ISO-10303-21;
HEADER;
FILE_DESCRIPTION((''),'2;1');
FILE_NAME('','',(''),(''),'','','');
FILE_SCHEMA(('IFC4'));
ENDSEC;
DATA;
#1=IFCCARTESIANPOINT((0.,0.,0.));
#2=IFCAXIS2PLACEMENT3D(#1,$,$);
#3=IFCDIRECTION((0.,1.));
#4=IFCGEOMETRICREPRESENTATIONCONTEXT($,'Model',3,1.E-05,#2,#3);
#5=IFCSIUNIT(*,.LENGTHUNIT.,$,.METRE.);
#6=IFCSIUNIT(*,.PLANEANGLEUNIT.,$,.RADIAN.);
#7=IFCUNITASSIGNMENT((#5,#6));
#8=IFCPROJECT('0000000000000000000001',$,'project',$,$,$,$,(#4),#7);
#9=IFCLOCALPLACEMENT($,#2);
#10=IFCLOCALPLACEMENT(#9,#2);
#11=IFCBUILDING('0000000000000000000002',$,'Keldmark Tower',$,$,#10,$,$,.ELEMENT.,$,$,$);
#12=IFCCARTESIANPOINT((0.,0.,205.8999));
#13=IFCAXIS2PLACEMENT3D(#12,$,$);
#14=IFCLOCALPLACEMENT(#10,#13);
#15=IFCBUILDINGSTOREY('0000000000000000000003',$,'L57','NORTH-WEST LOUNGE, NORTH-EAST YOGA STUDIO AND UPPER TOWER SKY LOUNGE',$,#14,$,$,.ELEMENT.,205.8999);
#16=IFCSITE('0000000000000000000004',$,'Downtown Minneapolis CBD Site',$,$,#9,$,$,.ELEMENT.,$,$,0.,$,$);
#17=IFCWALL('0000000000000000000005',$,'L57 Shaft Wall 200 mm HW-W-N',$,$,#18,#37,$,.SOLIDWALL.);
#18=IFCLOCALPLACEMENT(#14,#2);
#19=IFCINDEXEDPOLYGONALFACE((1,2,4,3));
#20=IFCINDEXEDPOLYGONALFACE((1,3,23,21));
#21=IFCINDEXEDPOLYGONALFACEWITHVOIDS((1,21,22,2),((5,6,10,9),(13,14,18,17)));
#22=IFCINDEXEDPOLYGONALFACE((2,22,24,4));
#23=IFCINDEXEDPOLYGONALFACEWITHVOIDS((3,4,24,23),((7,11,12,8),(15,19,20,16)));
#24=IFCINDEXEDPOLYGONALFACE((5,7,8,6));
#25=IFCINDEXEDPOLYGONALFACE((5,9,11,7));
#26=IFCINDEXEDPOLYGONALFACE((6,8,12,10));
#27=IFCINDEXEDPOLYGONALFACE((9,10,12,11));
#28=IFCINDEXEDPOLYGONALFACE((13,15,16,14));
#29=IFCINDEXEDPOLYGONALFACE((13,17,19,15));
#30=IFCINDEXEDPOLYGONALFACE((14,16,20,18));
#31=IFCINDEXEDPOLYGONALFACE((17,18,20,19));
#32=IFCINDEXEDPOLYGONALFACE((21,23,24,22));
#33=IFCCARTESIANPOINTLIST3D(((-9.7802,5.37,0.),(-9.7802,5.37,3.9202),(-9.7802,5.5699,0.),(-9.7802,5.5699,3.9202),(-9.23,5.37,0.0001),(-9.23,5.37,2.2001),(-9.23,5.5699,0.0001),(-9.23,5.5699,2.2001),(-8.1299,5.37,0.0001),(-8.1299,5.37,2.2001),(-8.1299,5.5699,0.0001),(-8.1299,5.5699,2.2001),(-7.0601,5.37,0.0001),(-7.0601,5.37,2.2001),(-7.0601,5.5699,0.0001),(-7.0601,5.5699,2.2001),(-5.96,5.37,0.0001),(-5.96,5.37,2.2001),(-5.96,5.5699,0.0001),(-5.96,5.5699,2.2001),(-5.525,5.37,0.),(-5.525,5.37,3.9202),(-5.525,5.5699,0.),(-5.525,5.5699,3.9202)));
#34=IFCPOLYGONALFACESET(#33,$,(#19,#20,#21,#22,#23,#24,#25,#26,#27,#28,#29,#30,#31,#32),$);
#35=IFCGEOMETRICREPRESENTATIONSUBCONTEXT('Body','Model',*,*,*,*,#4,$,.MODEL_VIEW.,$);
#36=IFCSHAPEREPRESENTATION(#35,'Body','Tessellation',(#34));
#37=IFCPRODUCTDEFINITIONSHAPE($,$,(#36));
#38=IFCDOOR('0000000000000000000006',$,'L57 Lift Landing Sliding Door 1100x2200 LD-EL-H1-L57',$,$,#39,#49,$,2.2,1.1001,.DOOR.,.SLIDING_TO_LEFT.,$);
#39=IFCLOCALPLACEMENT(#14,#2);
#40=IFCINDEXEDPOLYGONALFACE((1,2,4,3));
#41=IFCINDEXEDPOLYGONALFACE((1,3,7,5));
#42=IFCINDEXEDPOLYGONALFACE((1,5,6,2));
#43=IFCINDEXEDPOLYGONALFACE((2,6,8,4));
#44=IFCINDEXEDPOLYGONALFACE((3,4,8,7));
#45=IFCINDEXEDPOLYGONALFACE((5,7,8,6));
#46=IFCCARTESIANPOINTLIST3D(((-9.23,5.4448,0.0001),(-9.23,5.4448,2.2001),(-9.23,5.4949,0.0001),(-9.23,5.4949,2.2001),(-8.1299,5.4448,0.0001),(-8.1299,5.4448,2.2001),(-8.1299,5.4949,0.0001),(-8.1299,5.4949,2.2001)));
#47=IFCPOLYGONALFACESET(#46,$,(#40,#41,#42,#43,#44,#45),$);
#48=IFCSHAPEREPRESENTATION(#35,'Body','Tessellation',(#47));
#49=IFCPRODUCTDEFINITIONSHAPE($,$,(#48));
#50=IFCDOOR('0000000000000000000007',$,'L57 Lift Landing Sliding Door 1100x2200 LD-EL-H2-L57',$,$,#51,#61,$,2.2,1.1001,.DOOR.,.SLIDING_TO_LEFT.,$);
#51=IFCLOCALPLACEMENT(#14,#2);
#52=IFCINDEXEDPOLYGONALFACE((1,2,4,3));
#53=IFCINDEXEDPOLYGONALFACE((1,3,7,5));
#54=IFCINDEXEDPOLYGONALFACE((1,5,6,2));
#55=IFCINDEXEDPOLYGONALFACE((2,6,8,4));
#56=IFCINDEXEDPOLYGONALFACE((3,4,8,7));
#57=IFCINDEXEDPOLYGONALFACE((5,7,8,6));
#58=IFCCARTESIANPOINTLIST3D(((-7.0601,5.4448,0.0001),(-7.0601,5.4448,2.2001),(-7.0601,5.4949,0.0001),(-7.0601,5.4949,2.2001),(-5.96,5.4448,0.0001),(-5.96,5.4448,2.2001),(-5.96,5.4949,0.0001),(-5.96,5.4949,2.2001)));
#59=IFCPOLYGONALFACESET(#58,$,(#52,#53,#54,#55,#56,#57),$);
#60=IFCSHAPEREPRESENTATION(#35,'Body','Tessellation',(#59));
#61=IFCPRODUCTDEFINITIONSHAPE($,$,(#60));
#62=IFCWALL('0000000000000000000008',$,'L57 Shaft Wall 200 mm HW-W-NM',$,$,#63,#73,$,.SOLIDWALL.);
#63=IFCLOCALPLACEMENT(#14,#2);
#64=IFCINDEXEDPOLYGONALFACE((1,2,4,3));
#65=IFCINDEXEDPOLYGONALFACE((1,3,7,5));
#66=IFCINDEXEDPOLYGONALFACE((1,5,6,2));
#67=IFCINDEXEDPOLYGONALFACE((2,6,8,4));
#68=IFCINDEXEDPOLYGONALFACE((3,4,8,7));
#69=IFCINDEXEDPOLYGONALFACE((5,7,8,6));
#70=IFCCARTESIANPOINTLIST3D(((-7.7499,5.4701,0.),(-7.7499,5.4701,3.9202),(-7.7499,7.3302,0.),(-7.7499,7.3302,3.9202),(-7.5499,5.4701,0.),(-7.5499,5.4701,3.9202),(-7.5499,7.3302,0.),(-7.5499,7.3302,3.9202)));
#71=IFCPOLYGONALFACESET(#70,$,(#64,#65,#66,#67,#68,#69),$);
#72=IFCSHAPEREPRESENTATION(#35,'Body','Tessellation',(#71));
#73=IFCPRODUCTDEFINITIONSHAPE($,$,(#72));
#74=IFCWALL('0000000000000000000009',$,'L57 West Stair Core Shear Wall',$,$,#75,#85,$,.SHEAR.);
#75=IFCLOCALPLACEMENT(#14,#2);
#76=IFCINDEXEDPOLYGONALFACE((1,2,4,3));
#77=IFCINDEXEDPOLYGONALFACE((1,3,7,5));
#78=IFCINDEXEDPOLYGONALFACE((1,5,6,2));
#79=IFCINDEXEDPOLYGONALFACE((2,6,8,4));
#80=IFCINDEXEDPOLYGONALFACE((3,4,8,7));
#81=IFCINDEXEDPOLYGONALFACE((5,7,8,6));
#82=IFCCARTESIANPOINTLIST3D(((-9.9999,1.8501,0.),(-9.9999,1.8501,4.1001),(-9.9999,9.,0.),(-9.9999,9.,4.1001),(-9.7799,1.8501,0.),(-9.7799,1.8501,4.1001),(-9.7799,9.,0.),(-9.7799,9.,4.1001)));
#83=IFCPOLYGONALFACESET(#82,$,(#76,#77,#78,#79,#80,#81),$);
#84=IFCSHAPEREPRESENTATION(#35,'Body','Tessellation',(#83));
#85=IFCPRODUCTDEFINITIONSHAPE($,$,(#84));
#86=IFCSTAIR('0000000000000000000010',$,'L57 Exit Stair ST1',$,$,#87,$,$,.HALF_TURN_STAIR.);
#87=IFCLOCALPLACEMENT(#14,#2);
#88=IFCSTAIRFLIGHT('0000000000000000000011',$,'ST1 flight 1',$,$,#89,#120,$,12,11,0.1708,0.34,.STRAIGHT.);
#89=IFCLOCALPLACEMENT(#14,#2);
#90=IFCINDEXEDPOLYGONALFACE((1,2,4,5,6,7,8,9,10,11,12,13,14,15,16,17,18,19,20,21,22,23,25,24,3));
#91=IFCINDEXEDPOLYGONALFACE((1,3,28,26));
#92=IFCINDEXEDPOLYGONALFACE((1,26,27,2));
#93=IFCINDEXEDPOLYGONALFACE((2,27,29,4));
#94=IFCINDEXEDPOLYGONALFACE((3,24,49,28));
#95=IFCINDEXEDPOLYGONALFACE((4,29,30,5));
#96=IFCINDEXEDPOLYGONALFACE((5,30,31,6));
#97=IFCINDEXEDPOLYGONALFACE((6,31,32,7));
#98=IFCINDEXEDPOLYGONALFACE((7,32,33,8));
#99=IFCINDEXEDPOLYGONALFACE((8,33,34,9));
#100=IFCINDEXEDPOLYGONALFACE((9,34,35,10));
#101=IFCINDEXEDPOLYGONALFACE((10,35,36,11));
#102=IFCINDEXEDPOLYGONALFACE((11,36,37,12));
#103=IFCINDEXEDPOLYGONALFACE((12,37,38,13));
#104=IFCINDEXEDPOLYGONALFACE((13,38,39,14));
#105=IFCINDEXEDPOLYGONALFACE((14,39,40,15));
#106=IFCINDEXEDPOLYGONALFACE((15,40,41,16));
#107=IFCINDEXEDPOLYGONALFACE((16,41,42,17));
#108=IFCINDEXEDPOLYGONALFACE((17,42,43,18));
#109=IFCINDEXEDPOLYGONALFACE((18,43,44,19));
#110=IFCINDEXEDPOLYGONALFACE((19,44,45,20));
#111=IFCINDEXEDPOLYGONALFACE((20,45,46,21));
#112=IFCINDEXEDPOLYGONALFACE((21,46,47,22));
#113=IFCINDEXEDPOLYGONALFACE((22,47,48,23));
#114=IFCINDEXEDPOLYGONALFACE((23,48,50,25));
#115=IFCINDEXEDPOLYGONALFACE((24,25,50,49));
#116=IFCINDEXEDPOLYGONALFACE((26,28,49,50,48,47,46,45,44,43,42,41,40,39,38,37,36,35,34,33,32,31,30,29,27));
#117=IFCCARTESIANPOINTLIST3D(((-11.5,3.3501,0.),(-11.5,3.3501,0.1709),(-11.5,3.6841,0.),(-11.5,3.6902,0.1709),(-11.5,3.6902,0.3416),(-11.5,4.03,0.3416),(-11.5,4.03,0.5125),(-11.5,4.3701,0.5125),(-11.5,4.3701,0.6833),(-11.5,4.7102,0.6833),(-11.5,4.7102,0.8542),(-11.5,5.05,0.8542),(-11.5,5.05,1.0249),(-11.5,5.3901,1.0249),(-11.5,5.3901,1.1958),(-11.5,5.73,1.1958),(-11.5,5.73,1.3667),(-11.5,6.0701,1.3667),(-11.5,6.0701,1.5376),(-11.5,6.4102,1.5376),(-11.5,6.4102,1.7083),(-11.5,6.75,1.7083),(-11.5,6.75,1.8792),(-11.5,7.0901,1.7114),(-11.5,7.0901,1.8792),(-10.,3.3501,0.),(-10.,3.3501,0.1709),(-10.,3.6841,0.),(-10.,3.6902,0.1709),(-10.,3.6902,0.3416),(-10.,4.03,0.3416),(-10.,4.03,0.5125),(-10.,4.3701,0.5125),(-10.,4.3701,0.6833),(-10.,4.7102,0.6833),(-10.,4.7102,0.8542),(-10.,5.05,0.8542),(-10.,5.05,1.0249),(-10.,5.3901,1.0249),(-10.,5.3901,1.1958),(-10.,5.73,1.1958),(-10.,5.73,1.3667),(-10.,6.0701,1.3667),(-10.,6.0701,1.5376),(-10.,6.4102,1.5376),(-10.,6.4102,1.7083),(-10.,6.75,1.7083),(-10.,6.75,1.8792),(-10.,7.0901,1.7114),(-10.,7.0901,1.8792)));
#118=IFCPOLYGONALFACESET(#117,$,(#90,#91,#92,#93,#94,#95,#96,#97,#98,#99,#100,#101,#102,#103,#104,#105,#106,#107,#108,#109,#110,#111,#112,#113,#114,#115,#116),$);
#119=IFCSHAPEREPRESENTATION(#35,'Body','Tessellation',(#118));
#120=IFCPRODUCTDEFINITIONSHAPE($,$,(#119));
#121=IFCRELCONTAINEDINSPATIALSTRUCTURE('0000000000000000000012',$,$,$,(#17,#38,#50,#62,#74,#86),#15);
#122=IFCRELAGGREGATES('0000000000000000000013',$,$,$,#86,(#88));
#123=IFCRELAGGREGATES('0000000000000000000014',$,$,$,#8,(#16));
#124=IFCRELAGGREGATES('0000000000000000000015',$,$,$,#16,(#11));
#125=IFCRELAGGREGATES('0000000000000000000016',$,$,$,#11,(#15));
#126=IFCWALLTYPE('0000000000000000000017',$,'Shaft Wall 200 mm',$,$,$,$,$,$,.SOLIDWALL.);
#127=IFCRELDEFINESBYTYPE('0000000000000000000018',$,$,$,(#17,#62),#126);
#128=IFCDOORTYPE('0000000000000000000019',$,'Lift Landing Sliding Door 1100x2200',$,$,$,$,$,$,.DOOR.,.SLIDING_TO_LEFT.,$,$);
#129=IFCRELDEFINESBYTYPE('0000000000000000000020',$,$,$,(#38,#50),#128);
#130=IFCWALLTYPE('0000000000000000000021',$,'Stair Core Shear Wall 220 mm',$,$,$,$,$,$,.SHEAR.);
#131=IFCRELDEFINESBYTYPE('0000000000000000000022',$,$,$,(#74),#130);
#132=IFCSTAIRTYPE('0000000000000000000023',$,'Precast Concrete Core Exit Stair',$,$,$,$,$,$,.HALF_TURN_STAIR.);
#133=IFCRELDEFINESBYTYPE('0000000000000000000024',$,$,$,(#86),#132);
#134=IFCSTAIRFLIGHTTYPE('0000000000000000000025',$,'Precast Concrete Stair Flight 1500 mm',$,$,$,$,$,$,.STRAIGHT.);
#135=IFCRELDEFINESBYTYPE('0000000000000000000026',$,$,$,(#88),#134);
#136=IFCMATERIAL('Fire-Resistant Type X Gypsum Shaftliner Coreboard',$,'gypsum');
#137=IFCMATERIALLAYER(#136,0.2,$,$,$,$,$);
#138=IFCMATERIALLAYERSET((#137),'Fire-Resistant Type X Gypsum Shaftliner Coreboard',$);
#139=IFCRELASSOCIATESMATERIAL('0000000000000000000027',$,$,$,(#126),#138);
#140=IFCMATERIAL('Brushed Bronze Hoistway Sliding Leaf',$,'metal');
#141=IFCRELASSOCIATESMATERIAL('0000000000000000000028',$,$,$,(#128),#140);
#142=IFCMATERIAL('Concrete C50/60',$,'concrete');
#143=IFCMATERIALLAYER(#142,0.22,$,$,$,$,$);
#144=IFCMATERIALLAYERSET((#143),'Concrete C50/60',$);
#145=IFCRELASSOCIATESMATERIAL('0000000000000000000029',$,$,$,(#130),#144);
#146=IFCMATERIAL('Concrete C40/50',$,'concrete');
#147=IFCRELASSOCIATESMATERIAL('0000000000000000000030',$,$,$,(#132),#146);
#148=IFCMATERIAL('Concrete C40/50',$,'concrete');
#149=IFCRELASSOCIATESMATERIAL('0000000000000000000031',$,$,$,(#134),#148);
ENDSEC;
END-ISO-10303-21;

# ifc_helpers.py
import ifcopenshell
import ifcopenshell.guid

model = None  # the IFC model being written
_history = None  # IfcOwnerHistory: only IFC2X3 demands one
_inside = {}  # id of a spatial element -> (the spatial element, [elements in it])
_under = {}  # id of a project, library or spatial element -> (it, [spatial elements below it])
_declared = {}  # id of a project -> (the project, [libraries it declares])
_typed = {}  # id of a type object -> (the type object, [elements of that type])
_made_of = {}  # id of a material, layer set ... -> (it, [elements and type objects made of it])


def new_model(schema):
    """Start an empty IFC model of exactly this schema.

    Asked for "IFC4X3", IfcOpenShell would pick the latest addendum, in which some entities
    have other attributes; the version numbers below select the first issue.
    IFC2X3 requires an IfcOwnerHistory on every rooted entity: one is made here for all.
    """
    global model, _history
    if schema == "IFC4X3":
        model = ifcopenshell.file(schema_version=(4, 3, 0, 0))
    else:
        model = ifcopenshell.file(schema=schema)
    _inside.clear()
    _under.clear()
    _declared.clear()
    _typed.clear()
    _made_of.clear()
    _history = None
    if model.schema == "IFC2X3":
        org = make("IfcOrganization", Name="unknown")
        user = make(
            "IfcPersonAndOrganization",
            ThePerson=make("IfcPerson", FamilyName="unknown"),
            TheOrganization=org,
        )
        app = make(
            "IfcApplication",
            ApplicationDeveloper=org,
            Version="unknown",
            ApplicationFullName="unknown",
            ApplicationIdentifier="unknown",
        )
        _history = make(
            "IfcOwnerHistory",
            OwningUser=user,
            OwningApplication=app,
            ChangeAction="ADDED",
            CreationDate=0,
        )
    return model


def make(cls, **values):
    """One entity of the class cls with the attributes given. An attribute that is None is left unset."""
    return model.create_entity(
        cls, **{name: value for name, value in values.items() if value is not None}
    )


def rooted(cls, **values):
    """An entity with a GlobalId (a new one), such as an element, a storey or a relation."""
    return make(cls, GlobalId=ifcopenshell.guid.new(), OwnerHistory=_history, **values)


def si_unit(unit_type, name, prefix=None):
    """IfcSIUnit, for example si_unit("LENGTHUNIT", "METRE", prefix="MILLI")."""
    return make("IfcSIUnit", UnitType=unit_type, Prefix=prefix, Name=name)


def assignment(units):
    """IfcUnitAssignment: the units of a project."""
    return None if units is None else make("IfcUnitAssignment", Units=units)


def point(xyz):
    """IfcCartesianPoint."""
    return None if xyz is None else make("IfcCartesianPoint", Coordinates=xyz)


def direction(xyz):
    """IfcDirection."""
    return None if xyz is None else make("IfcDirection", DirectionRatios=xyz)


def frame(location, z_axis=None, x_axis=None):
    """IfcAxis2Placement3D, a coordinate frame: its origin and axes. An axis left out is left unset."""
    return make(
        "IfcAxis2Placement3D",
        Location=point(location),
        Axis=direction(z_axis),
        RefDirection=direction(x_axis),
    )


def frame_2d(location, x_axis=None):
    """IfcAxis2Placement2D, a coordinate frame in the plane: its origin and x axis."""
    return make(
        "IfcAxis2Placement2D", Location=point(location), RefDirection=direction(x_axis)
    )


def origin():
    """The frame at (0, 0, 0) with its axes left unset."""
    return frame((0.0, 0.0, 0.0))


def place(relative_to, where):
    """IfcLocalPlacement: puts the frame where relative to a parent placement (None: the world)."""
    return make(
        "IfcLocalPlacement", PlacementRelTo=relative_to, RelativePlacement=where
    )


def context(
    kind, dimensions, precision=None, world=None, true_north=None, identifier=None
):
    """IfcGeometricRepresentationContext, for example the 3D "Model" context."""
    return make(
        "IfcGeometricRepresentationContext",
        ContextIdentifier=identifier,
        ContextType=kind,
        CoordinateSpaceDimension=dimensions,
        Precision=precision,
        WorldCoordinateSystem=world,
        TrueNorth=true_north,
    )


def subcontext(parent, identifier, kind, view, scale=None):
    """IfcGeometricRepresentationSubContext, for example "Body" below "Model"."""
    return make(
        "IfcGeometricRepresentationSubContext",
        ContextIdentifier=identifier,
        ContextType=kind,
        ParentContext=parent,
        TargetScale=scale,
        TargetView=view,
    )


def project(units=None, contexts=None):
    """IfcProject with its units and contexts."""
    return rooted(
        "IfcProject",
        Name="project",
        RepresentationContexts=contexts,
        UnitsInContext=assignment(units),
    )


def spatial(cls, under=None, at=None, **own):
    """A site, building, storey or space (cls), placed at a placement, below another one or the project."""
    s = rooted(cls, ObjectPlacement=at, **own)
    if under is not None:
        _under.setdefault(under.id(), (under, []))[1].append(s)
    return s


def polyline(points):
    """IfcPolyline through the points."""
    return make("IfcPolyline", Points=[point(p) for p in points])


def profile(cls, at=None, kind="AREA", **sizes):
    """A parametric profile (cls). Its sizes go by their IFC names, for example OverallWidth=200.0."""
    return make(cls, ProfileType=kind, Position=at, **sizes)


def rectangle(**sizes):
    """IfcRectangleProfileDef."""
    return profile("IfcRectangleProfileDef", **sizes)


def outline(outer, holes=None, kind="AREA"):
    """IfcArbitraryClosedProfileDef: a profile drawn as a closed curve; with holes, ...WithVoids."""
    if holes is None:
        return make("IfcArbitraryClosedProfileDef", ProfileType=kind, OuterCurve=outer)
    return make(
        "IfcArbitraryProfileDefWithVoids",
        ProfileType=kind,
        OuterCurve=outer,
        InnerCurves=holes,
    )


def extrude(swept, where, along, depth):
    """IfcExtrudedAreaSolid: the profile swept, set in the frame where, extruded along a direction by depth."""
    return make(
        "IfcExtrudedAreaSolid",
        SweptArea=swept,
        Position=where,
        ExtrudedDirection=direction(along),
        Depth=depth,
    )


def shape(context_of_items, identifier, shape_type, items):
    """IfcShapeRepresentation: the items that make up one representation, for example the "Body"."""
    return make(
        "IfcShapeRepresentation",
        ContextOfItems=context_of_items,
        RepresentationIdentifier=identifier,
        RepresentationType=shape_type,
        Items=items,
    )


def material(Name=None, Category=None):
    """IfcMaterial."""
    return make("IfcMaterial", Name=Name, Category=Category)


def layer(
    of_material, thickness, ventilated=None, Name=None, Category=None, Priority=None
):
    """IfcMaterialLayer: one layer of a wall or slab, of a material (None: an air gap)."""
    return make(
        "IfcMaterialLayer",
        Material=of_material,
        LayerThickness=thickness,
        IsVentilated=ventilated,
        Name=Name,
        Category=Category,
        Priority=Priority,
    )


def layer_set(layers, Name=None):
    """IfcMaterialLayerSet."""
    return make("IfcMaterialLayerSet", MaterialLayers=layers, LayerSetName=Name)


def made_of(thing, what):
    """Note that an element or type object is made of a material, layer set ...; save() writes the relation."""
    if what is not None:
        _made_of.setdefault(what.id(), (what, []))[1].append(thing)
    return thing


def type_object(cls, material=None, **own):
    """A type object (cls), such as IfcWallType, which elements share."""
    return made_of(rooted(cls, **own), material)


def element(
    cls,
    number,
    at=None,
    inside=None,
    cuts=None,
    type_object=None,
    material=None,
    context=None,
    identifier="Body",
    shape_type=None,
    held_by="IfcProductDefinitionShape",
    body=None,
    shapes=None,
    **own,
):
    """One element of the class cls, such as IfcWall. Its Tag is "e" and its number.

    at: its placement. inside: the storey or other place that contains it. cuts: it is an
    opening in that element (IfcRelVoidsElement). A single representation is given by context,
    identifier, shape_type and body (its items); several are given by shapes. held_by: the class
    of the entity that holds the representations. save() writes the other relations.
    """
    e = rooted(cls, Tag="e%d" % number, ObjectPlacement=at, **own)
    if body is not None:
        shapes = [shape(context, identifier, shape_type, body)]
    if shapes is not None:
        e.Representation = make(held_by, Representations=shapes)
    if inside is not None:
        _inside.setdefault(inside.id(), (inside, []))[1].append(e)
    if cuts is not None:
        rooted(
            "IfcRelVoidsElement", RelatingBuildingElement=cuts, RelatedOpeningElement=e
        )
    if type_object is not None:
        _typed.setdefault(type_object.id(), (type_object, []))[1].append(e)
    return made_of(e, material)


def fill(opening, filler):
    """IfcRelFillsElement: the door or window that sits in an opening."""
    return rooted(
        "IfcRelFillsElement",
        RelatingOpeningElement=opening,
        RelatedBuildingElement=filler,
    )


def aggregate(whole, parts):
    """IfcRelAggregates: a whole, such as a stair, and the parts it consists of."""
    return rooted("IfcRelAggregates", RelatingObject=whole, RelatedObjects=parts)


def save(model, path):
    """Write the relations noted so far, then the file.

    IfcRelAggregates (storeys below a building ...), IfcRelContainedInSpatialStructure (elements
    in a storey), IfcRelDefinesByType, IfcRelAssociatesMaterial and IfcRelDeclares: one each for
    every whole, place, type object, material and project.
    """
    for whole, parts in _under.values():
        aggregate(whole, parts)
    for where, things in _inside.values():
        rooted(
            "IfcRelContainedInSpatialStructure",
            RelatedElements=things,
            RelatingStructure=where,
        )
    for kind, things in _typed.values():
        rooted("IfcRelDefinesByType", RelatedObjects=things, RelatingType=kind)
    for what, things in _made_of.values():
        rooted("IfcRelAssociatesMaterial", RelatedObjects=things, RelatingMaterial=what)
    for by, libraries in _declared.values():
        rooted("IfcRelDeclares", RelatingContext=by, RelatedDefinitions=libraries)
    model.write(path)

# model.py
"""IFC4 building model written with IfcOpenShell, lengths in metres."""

from ifc_helpers import new_model, si_unit, direction, frame, frame_2d, origin, place, context, subcontext, project, spatial, polyline, rectangle, outline, extrude, material, layer, layer_set, type_object, element, fill, aggregate, save


model = new_model("IFC4")

# Units and contexts
model_context = context("Model", 3, precision=1e-05, world=origin(), true_north=direction((0.0, 1.0)))
body_context = subcontext(model_context, "Body", "Model", "MODEL_VIEW")
ifc_project = project(units=[si_unit("LENGTHUNIT", "METRE"), si_unit("PLANEANGLEUNIT", "RADIAN")], contexts=[model_context])

# Site, building, storey
site_placement = place(None, origin())
site = spatial("IfcSite", under=ifc_project, at=site_placement, Name="Downtown Minneapolis CBD Site", CompositionType="ELEMENT", RefElevation=0.0)
building_placement = place(site_placement, origin())
building = spatial("IfcBuilding", under=site, at=building_placement, Name="Keldmark Tower", CompositionType="ELEMENT")
storey_placement = place(building_placement, frame((0.0, 0.0, 205.8999)))
storey = spatial("IfcBuildingStorey", under=building, at=storey_placement, Name="L57", Description="NORTH-WEST LOUNGE, NORTH-EAST YOGA STUDIO AND UPPER TOWER SKY LOUNGE", CompositionType="ELEMENT", Elevation=205.8999)

# Shared definitions
ifc_material_1 = material(Name="Fire-Resistant Type X Gypsum Shaftliner Coreboard", Category="gypsum")
ifc_layer_1 = layer(ifc_material_1, 0.2)
ifc_layer_set_1 = layer_set([ifc_layer_1], Name="Fire-Resistant Type X Gypsum Shaftliner Coreboard")
wall_type_1 = type_object("IfcWallType", Name="Shaft Wall 200 mm", PredefinedType="SOLIDWALL", material=ifc_layer_set_1)
ifc_material_2 = material(Name="Brushed Bronze Hoistway Sliding Leaf", Category="metal")
door_type = type_object("IfcDoorType", Name="Lift Landing Sliding Door 1100x2200", OperationType="SLIDING_TO_LEFT", PredefinedType="DOOR", material=ifc_material_2)

# Wall, openings, doors
wall_1_placement = place(storey_placement, frame((-9.78, 5.47, 0.0), z_axis=(0.0, 0.0, 1.0), x_axis=(1.0, 0.0, 0.0)))
wall_1 = element("IfcWall", 1, at=wall_1_placement, inside=storey, type_object=wall_type_1, Name="L57 Shaft Wall 200 mm HW-W-N", PredefinedType="SOLIDWALL", context=body_context, shape_type="SweptSolid", body=[
    extrude(rectangle(XDim=4.2551, YDim=0.2, at=frame_2d((2.1274, 0.0))), origin(), (0.0, 0.0, 1.0), 3.9202),
])
opening_1_placement = place(wall_1_placement, frame((0.55, 0.0, 0.0)))
opening_1 = element("IfcOpeningElement", 2, at=opening_1_placement, cuts=wall_1, PredefinedType="OPENING", context=body_context, shape_type="SweptSolid", body=[
    extrude(rectangle(XDim=1.1001, YDim=2.2, at=frame_2d((0.55, 1.1001))), frame((0.0, 0.1099, 0.0), z_axis=(0.0, -1.0, 0.0), x_axis=(1.0, 0.0, 0.0)), (0.0, 0.0, 1.0), 0.22),
])
opening_2_placement = place(wall_1_placement, frame((2.72, 0.0, 0.0)))
opening_2 = element("IfcOpeningElement", 3, at=opening_2_placement, cuts=wall_1, PredefinedType="OPENING", context=body_context, shape_type="SweptSolid", body=[
    extrude(rectangle(XDim=1.1001, YDim=2.2, at=frame_2d((0.55, 1.1001))), frame((0.0, 0.1099, 0.0), z_axis=(0.0, -1.0, 0.0), x_axis=(1.0, 0.0, 0.0)), (0.0, 0.0, 1.0), 0.22),
])
door_1_placement = place(opening_1_placement, origin())
door_1 = element("IfcDoor", 4, at=door_1_placement, inside=storey, type_object=door_type, Name="L57 Lift Landing Sliding Door 1100x2200 LD-EL-H1-L57", OperationType="SLIDING_TO_LEFT", OverallHeight=2.2, OverallWidth=1.1001, PredefinedType="DOOR", context=body_context, shape_type="SweptSolid", body=[
    extrude(rectangle(XDim=1.1001, YDim=2.2, at=frame_2d((0.55, 1.1001))), frame((0.0, 0.0249, 0.0), z_axis=(0.0, -1.0, 0.0), x_axis=(1.0, 0.0, 0.0)), (0.0, 0.0, 1.0), 0.05),
])
fill(opening_1, door_1)
door_2_placement = place(opening_2_placement, origin())
door_2 = element("IfcDoor", 5, at=door_2_placement, inside=storey, type_object=door_type, Name="L57 Lift Landing Sliding Door 1100x2200 LD-EL-H2-L57", OperationType="SLIDING_TO_LEFT", OverallHeight=2.2, OverallWidth=1.1001, PredefinedType="DOOR", context=body_context, shape_type="SweptSolid", body=[
    extrude(rectangle(XDim=1.1001, YDim=2.2, at=frame_2d((0.55, 1.1001))), frame((0.0, 0.0249, 0.0), z_axis=(0.0, -1.0, 0.0), x_axis=(1.0, 0.0, 0.0)), (0.0, 0.0, 1.0), 0.05),
])
fill(opening_2, door_2)

# Walls
wall_2_placement = place(storey_placement, frame((-7.6499, 5.47, 0.0), z_axis=(0.0, 0.0, 1.0), x_axis=(0.0, 1.0, 0.0)))
element("IfcWall", 6, at=wall_2_placement, inside=storey, type_object=wall_type_1, Name="L57 Shaft Wall 200 mm HW-W-NM", PredefinedType="SOLIDWALL", context=body_context, shape_type="SweptSolid", body=[
    extrude(rectangle(XDim=1.8601, YDim=0.2, at=frame_2d((0.9302, 0.0))), origin(), (0.0, 0.0, 1.0), 3.9202),
])
ifc_material_3 = material(Name="Concrete C50/60", Category="concrete")
ifc_layer_2 = layer(ifc_material_3, 0.22)
ifc_layer_set_2 = layer_set([ifc_layer_2], Name="Concrete C50/60")
wall_type_2 = type_object("IfcWallType", Name="Stair Core Shear Wall 220 mm", PredefinedType="SHEAR", material=ifc_layer_set_2)
wall_3_placement = place(storey_placement, frame((-9.8899, 1.8501, 0.0), z_axis=(0.0, 0.0, 1.0), x_axis=(0.0, 1.0, 0.0)))
element("IfcWall", 7, at=wall_3_placement, inside=storey, type_object=wall_type_2, Name="L57 West Stair Core Shear Wall", PredefinedType="SHEAR", context=body_context, shape_type="SweptSolid", body=[
    extrude(rectangle(XDim=7.1499, YDim=0.22, at=frame_2d((3.575, 0.0))), origin(), (0.0, 0.0, 1.0), 4.1001),
])

# Stair, stair flight
ifc_material_4 = material(Name="Concrete C40/50", Category="concrete")
stair_type = type_object("IfcStairType", Name="Precast Concrete Core Exit Stair", PredefinedType="HALF_TURN_STAIR", material=ifc_material_4)
stair_placement = place(storey_placement, origin())
stair = element("IfcStair", 8, at=stair_placement, inside=storey, type_object=stair_type, Name="L57 Exit Stair ST1", PredefinedType="HALF_TURN_STAIR")
ifc_material_5 = material(Name="Concrete C40/50", Category="concrete")
stair_flight_type = type_object("IfcStairFlightType", Name="Precast Concrete Stair Flight 1500 mm", PredefinedType="STRAIGHT", material=ifc_material_5)
stair_flight_placement = place(storey_placement, frame((-10.75, 3.3501, 0.0), z_axis=(0.0, 0.0, 1.0), x_axis=(0.0, 1.0, 0.0)))
stair_flight = element("IfcStairFlight", 9, at=stair_flight_placement, type_object=stair_flight_type, Name="ST1 flight 1", NumberOfRisers=12, NumberOfTreads=11, PredefinedType="STRAIGHT", RiserHeight=0.1708, TreadLength=0.34, context=body_context, shape_type="SweptSolid", body=[
    extrude(outline(polyline([(0.0, 0.0), (0.0, 0.1709), (0.3401, 0.1709), (0.3401, 0.3416), (0.6799, 0.3416), (0.6799, 0.5125), (1.02, 0.5125), (1.02, 0.6833), (1.3601, 0.6833), (1.3601, 0.8542), (1.7, 0.8542), (1.7, 1.0249), (2.04, 1.0249), (2.04, 1.1958), (2.3799, 1.1958), (2.3799, 1.3667), (2.72, 1.3667), (2.72, 1.5376), (3.0601, 1.5376), (3.0601, 1.7083), (3.3999, 1.7083), (3.3999, 1.8792), (3.74, 1.8792), (3.74, 2.05), (3.74, 1.7114), (0.334, 0.0), (0.0, 0.0)])), frame((0.0, 0.75, 0.0), z_axis=(0.0, -1.0, 0.0), x_axis=(1.0, 0.0, 0.0)), (0.0, 0.0, 1.0), 1.5),
])
aggregate(stair, [stair_flight])

save(model, "model.ifc")
